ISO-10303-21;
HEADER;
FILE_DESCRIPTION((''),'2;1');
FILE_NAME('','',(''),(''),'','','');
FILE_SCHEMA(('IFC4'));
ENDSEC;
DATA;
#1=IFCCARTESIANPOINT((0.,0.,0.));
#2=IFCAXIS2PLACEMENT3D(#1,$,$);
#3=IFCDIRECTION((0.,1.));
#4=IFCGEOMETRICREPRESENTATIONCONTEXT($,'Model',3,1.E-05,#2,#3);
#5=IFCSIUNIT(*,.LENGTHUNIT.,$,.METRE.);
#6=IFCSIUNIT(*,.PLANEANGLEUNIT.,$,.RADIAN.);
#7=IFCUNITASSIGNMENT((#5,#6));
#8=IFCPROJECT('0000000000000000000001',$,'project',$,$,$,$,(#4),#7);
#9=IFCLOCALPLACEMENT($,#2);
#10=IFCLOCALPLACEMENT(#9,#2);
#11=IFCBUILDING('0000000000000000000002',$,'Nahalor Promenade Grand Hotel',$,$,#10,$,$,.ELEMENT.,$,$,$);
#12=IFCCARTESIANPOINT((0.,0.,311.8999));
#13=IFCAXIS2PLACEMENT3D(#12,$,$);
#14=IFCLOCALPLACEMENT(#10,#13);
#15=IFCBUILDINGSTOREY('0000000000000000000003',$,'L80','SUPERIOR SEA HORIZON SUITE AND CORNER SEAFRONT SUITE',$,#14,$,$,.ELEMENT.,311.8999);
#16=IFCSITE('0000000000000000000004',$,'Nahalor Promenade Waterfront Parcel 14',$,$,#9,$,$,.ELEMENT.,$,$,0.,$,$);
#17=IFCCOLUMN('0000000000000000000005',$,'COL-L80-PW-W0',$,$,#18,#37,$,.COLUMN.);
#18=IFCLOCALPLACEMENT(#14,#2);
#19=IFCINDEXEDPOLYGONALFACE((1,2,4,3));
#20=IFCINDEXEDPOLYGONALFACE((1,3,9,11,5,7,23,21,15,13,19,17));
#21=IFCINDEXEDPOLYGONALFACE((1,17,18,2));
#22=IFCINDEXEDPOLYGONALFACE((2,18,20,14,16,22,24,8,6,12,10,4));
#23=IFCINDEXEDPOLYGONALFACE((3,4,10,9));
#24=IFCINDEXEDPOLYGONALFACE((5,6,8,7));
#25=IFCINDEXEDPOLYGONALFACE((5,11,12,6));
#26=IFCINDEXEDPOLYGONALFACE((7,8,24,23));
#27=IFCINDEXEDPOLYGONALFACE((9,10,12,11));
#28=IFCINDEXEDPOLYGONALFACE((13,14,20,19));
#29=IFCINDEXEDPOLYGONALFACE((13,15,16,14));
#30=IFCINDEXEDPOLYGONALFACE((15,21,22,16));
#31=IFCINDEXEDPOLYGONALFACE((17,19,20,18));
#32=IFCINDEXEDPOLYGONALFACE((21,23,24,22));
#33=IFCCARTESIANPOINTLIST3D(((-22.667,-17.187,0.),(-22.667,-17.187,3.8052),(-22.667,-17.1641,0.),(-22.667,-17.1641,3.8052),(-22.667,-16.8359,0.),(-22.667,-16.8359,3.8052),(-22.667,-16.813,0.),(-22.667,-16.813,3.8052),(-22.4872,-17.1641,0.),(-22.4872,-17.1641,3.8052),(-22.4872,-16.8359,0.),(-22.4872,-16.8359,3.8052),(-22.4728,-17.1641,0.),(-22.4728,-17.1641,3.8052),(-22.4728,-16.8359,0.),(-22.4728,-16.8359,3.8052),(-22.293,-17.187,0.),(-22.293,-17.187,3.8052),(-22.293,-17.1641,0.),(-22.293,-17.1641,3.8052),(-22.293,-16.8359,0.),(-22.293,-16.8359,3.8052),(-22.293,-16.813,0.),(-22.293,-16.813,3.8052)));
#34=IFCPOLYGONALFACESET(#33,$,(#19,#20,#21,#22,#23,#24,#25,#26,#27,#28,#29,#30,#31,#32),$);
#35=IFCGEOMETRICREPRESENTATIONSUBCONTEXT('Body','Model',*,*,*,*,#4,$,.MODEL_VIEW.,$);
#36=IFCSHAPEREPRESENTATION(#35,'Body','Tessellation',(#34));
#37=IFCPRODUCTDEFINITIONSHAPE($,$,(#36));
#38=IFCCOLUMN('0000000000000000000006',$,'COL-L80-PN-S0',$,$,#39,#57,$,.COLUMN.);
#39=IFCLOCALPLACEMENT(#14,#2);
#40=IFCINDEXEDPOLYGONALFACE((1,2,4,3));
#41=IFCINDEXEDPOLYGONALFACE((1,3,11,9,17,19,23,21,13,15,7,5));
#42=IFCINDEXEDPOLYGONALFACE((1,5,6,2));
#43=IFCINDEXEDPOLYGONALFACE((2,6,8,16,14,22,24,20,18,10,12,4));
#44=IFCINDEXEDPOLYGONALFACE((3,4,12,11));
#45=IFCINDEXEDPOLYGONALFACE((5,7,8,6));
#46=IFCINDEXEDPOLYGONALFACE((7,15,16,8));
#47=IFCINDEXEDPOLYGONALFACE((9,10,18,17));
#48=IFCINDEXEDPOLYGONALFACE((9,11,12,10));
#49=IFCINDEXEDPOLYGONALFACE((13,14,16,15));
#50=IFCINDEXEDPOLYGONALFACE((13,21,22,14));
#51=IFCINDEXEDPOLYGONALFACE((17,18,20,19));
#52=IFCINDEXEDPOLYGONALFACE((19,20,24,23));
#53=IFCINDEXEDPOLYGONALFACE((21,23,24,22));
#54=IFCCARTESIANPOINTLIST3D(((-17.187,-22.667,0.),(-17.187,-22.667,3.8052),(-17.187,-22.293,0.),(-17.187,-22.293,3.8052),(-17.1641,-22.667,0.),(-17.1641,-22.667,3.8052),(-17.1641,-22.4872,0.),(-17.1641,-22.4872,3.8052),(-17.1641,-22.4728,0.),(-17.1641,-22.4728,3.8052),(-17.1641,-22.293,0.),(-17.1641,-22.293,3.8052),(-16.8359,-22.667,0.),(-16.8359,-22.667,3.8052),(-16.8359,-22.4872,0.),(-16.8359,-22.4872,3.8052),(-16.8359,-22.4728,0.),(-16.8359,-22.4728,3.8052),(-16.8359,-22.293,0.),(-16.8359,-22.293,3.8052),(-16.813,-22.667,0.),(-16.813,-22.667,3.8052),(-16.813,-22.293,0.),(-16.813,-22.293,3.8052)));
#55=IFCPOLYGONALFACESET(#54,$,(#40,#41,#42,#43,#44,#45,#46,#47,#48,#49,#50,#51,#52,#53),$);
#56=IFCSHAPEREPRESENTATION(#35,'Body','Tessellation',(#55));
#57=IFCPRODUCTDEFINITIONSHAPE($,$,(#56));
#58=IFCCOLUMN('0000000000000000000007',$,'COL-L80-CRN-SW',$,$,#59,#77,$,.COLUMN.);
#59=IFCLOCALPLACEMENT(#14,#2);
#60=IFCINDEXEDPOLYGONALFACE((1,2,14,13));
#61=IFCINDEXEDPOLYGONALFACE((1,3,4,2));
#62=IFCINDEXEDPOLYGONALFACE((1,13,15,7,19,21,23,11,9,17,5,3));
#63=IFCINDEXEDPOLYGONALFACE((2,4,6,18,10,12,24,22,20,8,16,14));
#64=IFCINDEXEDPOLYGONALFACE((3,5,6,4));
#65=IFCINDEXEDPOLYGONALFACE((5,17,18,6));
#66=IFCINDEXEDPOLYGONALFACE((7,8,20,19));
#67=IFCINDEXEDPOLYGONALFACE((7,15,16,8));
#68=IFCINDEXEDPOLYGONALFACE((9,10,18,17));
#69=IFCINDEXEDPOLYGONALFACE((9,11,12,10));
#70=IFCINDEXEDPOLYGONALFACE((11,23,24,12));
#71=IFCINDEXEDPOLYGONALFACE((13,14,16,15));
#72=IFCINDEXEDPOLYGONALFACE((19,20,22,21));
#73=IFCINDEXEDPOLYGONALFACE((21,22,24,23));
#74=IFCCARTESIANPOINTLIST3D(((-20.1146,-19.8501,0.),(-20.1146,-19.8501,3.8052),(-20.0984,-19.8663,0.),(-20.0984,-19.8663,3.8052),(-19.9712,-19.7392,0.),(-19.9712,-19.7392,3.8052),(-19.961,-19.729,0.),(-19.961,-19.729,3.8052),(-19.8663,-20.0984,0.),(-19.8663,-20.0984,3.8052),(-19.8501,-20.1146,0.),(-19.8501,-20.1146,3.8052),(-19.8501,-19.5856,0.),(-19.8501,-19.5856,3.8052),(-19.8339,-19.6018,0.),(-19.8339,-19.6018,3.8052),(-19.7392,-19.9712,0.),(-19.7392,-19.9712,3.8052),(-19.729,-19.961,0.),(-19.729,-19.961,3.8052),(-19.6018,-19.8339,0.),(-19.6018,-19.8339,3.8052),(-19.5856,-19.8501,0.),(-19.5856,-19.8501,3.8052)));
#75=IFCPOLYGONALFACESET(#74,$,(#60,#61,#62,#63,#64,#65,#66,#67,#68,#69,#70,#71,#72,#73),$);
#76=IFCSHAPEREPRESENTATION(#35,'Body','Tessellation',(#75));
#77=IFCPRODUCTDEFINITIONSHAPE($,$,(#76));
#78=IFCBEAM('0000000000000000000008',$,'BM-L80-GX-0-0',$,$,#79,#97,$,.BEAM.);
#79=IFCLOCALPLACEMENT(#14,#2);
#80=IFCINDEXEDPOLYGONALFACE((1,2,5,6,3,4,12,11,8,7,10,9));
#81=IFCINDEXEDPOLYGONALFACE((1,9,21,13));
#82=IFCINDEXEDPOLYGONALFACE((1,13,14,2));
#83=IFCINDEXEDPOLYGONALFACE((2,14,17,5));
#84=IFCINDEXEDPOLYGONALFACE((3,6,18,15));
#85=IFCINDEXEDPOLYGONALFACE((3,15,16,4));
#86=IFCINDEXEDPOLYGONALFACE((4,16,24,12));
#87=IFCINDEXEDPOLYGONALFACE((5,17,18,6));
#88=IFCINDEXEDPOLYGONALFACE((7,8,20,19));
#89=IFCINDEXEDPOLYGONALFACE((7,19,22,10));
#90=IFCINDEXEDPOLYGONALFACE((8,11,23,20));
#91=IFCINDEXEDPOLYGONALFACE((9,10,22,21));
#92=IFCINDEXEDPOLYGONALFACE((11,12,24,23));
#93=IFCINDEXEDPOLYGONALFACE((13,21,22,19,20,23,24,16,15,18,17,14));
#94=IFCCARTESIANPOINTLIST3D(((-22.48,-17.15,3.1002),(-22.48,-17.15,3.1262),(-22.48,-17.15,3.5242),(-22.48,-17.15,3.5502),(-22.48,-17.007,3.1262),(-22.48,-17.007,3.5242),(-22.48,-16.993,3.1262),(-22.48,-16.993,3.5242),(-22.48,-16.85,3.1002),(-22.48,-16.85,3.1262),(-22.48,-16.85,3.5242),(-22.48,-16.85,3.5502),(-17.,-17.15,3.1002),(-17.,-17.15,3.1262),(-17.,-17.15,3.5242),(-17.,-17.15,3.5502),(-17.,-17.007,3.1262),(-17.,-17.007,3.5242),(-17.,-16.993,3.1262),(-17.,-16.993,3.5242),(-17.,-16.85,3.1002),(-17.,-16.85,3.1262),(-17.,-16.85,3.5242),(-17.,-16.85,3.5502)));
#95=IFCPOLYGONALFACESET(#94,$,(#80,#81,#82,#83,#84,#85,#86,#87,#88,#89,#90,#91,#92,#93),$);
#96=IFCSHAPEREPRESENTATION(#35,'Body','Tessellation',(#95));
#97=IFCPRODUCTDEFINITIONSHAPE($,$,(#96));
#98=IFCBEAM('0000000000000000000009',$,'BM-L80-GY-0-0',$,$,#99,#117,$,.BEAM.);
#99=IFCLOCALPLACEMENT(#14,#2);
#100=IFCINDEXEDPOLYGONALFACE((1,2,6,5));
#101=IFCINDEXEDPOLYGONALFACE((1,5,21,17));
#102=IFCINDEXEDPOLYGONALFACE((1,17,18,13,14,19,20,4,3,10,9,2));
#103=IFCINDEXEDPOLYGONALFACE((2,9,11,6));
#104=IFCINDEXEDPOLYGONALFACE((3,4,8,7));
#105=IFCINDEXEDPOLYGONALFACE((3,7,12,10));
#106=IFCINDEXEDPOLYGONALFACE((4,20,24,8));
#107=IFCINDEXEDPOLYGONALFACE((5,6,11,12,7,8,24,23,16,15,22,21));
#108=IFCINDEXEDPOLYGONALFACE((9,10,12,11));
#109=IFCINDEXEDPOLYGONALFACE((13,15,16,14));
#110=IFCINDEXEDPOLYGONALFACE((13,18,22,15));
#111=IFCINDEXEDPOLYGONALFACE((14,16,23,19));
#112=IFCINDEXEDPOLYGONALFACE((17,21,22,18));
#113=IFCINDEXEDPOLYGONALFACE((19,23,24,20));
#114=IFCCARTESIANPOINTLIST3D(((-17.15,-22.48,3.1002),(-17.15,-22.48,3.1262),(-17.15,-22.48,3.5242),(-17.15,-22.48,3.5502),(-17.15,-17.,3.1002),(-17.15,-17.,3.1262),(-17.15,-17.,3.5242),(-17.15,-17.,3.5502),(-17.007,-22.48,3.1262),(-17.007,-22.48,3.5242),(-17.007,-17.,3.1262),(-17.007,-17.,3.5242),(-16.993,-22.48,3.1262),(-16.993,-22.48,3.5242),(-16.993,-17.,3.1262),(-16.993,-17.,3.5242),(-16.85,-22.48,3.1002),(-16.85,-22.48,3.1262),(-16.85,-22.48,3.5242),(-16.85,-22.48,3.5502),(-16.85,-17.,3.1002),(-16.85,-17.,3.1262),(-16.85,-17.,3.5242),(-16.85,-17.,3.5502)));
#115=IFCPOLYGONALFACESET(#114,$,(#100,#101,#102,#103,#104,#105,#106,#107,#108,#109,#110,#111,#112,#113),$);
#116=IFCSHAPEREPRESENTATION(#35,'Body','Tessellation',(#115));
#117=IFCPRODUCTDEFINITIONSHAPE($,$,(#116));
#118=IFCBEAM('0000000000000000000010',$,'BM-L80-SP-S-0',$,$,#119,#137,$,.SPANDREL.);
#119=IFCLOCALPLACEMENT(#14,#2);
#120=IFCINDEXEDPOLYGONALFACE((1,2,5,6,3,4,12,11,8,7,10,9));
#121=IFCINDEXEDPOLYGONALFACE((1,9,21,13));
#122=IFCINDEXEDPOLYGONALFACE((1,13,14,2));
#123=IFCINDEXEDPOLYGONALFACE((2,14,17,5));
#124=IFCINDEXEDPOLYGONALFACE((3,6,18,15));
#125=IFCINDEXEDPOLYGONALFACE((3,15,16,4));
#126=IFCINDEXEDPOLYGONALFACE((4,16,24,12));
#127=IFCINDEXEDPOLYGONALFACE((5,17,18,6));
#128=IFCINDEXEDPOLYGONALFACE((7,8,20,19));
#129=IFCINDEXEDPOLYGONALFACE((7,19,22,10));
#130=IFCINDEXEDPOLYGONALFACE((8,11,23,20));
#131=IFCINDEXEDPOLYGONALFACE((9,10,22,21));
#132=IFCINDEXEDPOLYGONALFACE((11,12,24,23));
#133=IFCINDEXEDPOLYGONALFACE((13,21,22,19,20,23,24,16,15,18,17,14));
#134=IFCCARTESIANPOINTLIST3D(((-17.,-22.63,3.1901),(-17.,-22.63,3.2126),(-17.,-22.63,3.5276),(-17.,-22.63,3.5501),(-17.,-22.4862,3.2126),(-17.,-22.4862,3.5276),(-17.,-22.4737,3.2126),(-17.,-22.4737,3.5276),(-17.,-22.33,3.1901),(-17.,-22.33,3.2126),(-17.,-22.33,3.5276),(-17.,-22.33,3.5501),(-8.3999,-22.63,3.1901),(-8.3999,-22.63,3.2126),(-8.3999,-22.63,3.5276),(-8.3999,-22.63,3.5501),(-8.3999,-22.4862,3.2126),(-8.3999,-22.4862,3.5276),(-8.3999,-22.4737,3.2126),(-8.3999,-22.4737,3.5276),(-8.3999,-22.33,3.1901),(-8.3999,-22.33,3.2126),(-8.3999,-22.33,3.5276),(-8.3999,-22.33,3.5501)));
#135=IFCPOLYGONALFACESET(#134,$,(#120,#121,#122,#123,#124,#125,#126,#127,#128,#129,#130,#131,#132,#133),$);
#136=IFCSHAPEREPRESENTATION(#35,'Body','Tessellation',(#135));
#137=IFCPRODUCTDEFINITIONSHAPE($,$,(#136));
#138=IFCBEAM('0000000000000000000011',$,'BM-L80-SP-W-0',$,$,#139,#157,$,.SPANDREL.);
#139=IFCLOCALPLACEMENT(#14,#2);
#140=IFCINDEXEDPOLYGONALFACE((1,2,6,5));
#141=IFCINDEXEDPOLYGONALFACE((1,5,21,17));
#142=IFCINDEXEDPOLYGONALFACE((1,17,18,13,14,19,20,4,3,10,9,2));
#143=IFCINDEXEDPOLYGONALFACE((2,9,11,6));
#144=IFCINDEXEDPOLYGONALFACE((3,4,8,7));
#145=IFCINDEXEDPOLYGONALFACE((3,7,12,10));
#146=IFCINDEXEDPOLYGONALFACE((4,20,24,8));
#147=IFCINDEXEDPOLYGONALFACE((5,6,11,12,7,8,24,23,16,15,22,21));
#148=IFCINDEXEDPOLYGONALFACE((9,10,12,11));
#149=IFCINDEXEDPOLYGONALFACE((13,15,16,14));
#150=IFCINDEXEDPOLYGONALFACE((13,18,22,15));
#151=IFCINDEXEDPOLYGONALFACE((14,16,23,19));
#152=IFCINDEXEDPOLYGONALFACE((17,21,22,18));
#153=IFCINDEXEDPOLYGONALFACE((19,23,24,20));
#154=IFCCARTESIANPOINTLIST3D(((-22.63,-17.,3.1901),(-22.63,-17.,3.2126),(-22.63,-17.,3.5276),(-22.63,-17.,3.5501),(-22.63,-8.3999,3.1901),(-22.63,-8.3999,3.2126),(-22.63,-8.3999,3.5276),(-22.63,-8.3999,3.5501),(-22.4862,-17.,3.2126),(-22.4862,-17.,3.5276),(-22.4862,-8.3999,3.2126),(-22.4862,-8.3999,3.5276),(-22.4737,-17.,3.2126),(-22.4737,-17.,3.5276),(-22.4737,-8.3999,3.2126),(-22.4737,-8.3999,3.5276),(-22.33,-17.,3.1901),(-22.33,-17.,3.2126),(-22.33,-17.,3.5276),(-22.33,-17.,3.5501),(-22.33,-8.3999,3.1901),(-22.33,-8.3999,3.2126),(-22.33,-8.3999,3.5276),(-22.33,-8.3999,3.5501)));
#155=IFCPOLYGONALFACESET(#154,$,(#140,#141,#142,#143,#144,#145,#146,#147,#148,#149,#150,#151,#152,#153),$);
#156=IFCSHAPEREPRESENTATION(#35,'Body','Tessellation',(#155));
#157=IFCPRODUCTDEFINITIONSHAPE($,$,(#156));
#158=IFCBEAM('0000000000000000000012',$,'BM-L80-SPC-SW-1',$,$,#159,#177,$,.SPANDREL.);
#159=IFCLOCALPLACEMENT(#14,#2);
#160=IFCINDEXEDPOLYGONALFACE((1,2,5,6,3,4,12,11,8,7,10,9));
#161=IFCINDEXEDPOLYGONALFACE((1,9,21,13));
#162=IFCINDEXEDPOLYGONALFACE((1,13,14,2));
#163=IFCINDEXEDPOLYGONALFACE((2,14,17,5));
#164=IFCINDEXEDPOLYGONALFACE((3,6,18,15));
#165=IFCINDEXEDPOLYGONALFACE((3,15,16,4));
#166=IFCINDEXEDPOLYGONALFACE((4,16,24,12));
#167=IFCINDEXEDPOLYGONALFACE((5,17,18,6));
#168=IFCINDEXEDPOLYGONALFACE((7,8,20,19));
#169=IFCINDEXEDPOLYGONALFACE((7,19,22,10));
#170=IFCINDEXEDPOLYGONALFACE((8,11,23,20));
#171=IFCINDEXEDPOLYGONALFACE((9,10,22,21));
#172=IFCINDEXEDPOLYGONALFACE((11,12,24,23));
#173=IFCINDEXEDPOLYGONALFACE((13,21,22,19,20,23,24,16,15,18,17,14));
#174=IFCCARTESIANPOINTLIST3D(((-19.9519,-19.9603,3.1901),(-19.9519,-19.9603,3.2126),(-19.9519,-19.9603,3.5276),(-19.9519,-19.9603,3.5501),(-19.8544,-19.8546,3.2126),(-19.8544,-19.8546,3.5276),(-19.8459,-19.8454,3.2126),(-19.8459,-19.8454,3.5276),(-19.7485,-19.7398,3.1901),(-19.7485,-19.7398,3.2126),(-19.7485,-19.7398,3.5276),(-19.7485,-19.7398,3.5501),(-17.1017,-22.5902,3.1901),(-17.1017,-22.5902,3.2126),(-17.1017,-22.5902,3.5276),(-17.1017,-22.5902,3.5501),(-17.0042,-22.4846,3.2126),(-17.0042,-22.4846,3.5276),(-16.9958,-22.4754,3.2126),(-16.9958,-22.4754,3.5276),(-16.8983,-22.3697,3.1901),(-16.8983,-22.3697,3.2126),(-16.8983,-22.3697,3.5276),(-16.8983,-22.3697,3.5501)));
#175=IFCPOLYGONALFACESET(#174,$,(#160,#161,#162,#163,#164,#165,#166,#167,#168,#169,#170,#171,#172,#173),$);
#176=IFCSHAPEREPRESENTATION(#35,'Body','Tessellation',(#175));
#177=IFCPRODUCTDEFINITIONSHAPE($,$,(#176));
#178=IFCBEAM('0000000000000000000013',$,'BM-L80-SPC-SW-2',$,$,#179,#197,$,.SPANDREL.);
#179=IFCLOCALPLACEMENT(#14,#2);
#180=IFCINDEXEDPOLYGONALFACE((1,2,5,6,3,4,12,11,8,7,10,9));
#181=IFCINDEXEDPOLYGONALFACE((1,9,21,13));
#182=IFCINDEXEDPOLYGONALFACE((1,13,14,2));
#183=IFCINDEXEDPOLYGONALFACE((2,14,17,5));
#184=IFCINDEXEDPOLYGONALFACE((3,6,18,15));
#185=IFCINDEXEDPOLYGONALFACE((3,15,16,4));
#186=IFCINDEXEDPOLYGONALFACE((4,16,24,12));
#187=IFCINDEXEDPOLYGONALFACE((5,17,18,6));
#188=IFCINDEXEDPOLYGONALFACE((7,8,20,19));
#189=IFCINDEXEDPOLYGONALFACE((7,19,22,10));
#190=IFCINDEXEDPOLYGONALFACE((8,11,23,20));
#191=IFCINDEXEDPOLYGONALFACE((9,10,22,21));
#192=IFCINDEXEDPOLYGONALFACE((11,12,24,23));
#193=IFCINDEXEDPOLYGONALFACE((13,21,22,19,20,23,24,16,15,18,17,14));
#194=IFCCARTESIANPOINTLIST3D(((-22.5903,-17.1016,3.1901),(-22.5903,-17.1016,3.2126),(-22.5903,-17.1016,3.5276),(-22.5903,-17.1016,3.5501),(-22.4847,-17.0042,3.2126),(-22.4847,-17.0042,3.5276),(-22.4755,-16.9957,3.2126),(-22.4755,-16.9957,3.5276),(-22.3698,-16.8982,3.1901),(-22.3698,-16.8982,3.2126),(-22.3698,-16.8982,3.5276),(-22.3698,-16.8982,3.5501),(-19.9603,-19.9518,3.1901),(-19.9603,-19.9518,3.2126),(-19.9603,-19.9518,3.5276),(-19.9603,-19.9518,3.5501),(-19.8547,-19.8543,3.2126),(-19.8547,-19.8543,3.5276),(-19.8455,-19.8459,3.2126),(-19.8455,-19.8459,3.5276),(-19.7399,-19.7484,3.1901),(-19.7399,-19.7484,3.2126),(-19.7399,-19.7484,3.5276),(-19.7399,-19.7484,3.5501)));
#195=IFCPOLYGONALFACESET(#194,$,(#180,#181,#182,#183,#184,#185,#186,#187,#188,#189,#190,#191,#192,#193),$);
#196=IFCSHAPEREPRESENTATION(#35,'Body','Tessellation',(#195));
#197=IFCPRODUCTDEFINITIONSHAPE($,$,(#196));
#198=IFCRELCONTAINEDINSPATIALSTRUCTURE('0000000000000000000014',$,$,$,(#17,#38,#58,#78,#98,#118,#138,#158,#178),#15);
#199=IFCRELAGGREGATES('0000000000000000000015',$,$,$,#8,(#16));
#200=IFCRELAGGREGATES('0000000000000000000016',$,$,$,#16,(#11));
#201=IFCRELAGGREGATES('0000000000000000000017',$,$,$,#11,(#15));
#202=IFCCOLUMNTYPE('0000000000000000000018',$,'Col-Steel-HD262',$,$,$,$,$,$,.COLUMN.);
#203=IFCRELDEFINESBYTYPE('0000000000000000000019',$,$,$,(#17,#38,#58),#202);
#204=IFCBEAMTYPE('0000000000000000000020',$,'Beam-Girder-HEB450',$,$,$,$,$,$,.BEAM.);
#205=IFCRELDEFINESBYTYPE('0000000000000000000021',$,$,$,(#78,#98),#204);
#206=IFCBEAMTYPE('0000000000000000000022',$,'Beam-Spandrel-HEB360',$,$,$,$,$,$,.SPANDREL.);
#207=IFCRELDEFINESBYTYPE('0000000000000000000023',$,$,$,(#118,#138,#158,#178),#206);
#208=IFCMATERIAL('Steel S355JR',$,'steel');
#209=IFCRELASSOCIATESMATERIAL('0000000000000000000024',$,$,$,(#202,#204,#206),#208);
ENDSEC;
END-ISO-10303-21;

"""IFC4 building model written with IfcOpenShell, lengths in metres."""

from ifc_helpers import new_model, si_unit, direction, frame, origin, origin_2d, place, context, subcontext, project, spatial, i_section, extrude, source, transform, mapped, material, material_profile, profile_set, type_object, element, save


model = new_model("IFC4")

# Units and contexts
model_context = context("Model", 3, precision=1e-05, world=origin(), true_north=direction((0.0, 1.0)))
body_context = subcontext(model_context, "Body", "Model", "MODEL_VIEW")
ifc_project = project(units=[si_unit("LENGTHUNIT", "METRE"), si_unit("PLANEANGLEUNIT", "RADIAN")], contexts=[model_context])

# Site, building, storey
site_placement = place(None, origin())
site = spatial("IfcSite", under=ifc_project, at=site_placement, Name="Nahalor Promenade Waterfront Parcel 14", CompositionType="ELEMENT", RefElevation=0.0)
building_placement = place(site_placement, origin())
building = spatial("IfcBuilding", under=site, at=building_placement, Name="Nahalor Promenade Grand Hotel", CompositionType="ELEMENT")
storey_placement = place(building_placement, frame((0.0, 0.0, 311.8999)))
storey = spatial("IfcBuildingStorey", under=building, at=storey_placement, Name="L80", Description="SUPERIOR SEA HORIZON SUITE AND CORNER SEAFRONT SUITE", CompositionType="ELEMENT", Elevation=311.8999)

# Columns
ifc_material_1 = material(Name="Steel S355JR", Category="steel")
ifc_material_profile_1 = material_profile(ifc_material_1, i_section(OverallWidth=0.374, OverallDepth=0.374, WebThickness=0.0144, FlangeThickness=0.0229, at=origin_2d()), Name="HD 360x262")
ifc_profile_set_1 = profile_set([ifc_material_profile_1], Name="Steel S355JR")
column_type = type_object("IfcColumnType", Name="Col-Steel-HD262", PredefinedType="COLUMN", material=ifc_profile_set_1)
shared_shape_1 = source(origin(), body_context, "Body", "SweptSolid", [
    extrude(i_section(OverallWidth=0.374, OverallDepth=0.374, WebThickness=0.0144, FlangeThickness=0.0229, at=origin_2d()), origin(), (0.0, 0.0, 1.0), 3.8052),
])
for number, where, z_axis, x_axis, name in (
    (1, (-22.48, -17.0, 0.0), (0.0, 0.0, 1.0), (1.0, 0.0, 0.0), "COL-L80-PW-W0"),
    (2, (-17.0, -22.48, 0.0), (0.0, 0.0, 1.0), (0.0, 1.0, 0.0), "COL-L80-PN-S0"),
    (3, (-19.8501, -19.8501, 0.0), (0.0, 0.0, 1.0), (0.707107, 0.707107, 0.0), "COL-L80-CRN-SW"),
):
    element("IfcColumn", number, at=place(storey_placement, frame(where, z_axis=z_axis, x_axis=x_axis)), inside=storey, type_object=column_type, Name=name, PredefinedType="COLUMN", context=body_context, shape_type="MappedRepresentation", body=[
        mapped(shared_shape_1, transform((0.0, 0.0, 0.0), scale=1.0)),
    ])

# Beams
ifc_material_profile_2 = material_profile(ifc_material_1, i_section(OverallWidth=0.3, OverallDepth=0.45, WebThickness=0.014, FlangeThickness=0.026, at=origin_2d()), Name="HEB 450")
ifc_profile_set_2 = profile_set([ifc_material_profile_2], Name="Steel S355JR")
beam_type_1 = type_object("IfcBeamType", Name="Beam-Girder-HEB450", PredefinedType="BEAM", material=ifc_profile_set_2)
shared_shape_2 = source(origin(), body_context, "Body", "SweptSolid", [
    extrude(i_section(OverallWidth=0.3, OverallDepth=0.45, WebThickness=0.014, FlangeThickness=0.026, at=origin_2d()), origin(), (0.0, 0.0, 1.0), 5.48),
])
for number, where, z_axis, x_axis, name in (
    (4, (-22.48, -17.0, 3.3252), (1.0, 0.0, 0.0), (0.0, 1.0, 0.0), "BM-L80-GX-0-0"),
    (5, (-17.0, -22.48, 3.3252), (0.0, 1.0, 0.0), (-1.0, 0.0, 0.0), "BM-L80-GY-0-0"),
):
    element("IfcBeam", number, at=place(storey_placement, frame(where, z_axis=z_axis, x_axis=x_axis)), inside=storey, type_object=beam_type_1, Name=name, PredefinedType="BEAM", context=body_context, shape_type="MappedRepresentation", body=[
        mapped(shared_shape_2, transform((0.0, 0.0, 0.0), scale=1.0)),
    ])
ifc_material_profile_3 = material_profile(ifc_material_1, i_section(OverallWidth=0.3, OverallDepth=0.36, WebThickness=0.0125, FlangeThickness=0.0225, at=origin_2d()), Name="HEB 360")
ifc_profile_set_3 = profile_set([ifc_material_profile_3], Name="Steel S355JR")
beam_type_2 = type_object("IfcBeamType", Name="Beam-Spandrel-HEB360", PredefinedType="SPANDREL", material=ifc_profile_set_3)
shared_shape_3 = source(origin(), body_context, "Body", "SweptSolid", [
    extrude(i_section(OverallWidth=0.3, OverallDepth=0.36, WebThickness=0.0125, FlangeThickness=0.0225, at=origin_2d()), origin(), (0.0, 0.0, 1.0), 8.6001),
])
for number, where, z_axis, x_axis, name in (
    (6, (-17.0, -22.48, 3.3701), (1.0, 0.0, 0.0), (0.0, 1.0, 0.0), "BM-L80-SP-S-0"),
    (7, (-22.48, -17.0, 3.3701), (0.0, 1.0, 0.0), (-1.0, 0.0, 0.0), "BM-L80-SP-W-0"),
):
    element("IfcBeam", number, at=place(storey_placement, frame(where, z_axis=z_axis, x_axis=x_axis)), inside=storey, type_object=beam_type_2, Name=name, PredefinedType="SPANDREL", context=body_context, shape_type="MappedRepresentation", body=[
        mapped(shared_shape_3, transform((0.0, 0.0, 0.0), scale=1.0)),
    ])
shared_shape_4 = source(origin(), body_context, "Body", "SweptSolid", [
    extrude(i_section(OverallWidth=0.3, OverallDepth=0.36, WebThickness=0.0125, FlangeThickness=0.0225, at=origin_2d()), origin(), (0.0, 0.0, 1.0), 3.8782),
])
for number, where, z_axis, x_axis, name in (
    (8, (-17.0, -22.48, 3.3701), (-0.734929, 0.678144, 0.0), (-0.678144, -0.734929, 0.0), "BM-L80-SPC-SW-1"),
    (9, (-19.8501, -19.8501, 3.3701), (-0.678144, 0.734929, 0.0), (-0.734929, -0.678144, 0.0), "BM-L80-SPC-SW-2"),
):
    element("IfcBeam", number, at=place(storey_placement, frame(where, z_axis=z_axis, x_axis=x_axis)), inside=storey, type_object=beam_type_2, Name=name, PredefinedType="SPANDREL", context=body_context, shape_type="MappedRepresentation", body=[
        mapped(shared_shape_4, transform((0.0, 0.0, 0.0), scale=1.0)),
    ])

save(model, "model.ifc")
